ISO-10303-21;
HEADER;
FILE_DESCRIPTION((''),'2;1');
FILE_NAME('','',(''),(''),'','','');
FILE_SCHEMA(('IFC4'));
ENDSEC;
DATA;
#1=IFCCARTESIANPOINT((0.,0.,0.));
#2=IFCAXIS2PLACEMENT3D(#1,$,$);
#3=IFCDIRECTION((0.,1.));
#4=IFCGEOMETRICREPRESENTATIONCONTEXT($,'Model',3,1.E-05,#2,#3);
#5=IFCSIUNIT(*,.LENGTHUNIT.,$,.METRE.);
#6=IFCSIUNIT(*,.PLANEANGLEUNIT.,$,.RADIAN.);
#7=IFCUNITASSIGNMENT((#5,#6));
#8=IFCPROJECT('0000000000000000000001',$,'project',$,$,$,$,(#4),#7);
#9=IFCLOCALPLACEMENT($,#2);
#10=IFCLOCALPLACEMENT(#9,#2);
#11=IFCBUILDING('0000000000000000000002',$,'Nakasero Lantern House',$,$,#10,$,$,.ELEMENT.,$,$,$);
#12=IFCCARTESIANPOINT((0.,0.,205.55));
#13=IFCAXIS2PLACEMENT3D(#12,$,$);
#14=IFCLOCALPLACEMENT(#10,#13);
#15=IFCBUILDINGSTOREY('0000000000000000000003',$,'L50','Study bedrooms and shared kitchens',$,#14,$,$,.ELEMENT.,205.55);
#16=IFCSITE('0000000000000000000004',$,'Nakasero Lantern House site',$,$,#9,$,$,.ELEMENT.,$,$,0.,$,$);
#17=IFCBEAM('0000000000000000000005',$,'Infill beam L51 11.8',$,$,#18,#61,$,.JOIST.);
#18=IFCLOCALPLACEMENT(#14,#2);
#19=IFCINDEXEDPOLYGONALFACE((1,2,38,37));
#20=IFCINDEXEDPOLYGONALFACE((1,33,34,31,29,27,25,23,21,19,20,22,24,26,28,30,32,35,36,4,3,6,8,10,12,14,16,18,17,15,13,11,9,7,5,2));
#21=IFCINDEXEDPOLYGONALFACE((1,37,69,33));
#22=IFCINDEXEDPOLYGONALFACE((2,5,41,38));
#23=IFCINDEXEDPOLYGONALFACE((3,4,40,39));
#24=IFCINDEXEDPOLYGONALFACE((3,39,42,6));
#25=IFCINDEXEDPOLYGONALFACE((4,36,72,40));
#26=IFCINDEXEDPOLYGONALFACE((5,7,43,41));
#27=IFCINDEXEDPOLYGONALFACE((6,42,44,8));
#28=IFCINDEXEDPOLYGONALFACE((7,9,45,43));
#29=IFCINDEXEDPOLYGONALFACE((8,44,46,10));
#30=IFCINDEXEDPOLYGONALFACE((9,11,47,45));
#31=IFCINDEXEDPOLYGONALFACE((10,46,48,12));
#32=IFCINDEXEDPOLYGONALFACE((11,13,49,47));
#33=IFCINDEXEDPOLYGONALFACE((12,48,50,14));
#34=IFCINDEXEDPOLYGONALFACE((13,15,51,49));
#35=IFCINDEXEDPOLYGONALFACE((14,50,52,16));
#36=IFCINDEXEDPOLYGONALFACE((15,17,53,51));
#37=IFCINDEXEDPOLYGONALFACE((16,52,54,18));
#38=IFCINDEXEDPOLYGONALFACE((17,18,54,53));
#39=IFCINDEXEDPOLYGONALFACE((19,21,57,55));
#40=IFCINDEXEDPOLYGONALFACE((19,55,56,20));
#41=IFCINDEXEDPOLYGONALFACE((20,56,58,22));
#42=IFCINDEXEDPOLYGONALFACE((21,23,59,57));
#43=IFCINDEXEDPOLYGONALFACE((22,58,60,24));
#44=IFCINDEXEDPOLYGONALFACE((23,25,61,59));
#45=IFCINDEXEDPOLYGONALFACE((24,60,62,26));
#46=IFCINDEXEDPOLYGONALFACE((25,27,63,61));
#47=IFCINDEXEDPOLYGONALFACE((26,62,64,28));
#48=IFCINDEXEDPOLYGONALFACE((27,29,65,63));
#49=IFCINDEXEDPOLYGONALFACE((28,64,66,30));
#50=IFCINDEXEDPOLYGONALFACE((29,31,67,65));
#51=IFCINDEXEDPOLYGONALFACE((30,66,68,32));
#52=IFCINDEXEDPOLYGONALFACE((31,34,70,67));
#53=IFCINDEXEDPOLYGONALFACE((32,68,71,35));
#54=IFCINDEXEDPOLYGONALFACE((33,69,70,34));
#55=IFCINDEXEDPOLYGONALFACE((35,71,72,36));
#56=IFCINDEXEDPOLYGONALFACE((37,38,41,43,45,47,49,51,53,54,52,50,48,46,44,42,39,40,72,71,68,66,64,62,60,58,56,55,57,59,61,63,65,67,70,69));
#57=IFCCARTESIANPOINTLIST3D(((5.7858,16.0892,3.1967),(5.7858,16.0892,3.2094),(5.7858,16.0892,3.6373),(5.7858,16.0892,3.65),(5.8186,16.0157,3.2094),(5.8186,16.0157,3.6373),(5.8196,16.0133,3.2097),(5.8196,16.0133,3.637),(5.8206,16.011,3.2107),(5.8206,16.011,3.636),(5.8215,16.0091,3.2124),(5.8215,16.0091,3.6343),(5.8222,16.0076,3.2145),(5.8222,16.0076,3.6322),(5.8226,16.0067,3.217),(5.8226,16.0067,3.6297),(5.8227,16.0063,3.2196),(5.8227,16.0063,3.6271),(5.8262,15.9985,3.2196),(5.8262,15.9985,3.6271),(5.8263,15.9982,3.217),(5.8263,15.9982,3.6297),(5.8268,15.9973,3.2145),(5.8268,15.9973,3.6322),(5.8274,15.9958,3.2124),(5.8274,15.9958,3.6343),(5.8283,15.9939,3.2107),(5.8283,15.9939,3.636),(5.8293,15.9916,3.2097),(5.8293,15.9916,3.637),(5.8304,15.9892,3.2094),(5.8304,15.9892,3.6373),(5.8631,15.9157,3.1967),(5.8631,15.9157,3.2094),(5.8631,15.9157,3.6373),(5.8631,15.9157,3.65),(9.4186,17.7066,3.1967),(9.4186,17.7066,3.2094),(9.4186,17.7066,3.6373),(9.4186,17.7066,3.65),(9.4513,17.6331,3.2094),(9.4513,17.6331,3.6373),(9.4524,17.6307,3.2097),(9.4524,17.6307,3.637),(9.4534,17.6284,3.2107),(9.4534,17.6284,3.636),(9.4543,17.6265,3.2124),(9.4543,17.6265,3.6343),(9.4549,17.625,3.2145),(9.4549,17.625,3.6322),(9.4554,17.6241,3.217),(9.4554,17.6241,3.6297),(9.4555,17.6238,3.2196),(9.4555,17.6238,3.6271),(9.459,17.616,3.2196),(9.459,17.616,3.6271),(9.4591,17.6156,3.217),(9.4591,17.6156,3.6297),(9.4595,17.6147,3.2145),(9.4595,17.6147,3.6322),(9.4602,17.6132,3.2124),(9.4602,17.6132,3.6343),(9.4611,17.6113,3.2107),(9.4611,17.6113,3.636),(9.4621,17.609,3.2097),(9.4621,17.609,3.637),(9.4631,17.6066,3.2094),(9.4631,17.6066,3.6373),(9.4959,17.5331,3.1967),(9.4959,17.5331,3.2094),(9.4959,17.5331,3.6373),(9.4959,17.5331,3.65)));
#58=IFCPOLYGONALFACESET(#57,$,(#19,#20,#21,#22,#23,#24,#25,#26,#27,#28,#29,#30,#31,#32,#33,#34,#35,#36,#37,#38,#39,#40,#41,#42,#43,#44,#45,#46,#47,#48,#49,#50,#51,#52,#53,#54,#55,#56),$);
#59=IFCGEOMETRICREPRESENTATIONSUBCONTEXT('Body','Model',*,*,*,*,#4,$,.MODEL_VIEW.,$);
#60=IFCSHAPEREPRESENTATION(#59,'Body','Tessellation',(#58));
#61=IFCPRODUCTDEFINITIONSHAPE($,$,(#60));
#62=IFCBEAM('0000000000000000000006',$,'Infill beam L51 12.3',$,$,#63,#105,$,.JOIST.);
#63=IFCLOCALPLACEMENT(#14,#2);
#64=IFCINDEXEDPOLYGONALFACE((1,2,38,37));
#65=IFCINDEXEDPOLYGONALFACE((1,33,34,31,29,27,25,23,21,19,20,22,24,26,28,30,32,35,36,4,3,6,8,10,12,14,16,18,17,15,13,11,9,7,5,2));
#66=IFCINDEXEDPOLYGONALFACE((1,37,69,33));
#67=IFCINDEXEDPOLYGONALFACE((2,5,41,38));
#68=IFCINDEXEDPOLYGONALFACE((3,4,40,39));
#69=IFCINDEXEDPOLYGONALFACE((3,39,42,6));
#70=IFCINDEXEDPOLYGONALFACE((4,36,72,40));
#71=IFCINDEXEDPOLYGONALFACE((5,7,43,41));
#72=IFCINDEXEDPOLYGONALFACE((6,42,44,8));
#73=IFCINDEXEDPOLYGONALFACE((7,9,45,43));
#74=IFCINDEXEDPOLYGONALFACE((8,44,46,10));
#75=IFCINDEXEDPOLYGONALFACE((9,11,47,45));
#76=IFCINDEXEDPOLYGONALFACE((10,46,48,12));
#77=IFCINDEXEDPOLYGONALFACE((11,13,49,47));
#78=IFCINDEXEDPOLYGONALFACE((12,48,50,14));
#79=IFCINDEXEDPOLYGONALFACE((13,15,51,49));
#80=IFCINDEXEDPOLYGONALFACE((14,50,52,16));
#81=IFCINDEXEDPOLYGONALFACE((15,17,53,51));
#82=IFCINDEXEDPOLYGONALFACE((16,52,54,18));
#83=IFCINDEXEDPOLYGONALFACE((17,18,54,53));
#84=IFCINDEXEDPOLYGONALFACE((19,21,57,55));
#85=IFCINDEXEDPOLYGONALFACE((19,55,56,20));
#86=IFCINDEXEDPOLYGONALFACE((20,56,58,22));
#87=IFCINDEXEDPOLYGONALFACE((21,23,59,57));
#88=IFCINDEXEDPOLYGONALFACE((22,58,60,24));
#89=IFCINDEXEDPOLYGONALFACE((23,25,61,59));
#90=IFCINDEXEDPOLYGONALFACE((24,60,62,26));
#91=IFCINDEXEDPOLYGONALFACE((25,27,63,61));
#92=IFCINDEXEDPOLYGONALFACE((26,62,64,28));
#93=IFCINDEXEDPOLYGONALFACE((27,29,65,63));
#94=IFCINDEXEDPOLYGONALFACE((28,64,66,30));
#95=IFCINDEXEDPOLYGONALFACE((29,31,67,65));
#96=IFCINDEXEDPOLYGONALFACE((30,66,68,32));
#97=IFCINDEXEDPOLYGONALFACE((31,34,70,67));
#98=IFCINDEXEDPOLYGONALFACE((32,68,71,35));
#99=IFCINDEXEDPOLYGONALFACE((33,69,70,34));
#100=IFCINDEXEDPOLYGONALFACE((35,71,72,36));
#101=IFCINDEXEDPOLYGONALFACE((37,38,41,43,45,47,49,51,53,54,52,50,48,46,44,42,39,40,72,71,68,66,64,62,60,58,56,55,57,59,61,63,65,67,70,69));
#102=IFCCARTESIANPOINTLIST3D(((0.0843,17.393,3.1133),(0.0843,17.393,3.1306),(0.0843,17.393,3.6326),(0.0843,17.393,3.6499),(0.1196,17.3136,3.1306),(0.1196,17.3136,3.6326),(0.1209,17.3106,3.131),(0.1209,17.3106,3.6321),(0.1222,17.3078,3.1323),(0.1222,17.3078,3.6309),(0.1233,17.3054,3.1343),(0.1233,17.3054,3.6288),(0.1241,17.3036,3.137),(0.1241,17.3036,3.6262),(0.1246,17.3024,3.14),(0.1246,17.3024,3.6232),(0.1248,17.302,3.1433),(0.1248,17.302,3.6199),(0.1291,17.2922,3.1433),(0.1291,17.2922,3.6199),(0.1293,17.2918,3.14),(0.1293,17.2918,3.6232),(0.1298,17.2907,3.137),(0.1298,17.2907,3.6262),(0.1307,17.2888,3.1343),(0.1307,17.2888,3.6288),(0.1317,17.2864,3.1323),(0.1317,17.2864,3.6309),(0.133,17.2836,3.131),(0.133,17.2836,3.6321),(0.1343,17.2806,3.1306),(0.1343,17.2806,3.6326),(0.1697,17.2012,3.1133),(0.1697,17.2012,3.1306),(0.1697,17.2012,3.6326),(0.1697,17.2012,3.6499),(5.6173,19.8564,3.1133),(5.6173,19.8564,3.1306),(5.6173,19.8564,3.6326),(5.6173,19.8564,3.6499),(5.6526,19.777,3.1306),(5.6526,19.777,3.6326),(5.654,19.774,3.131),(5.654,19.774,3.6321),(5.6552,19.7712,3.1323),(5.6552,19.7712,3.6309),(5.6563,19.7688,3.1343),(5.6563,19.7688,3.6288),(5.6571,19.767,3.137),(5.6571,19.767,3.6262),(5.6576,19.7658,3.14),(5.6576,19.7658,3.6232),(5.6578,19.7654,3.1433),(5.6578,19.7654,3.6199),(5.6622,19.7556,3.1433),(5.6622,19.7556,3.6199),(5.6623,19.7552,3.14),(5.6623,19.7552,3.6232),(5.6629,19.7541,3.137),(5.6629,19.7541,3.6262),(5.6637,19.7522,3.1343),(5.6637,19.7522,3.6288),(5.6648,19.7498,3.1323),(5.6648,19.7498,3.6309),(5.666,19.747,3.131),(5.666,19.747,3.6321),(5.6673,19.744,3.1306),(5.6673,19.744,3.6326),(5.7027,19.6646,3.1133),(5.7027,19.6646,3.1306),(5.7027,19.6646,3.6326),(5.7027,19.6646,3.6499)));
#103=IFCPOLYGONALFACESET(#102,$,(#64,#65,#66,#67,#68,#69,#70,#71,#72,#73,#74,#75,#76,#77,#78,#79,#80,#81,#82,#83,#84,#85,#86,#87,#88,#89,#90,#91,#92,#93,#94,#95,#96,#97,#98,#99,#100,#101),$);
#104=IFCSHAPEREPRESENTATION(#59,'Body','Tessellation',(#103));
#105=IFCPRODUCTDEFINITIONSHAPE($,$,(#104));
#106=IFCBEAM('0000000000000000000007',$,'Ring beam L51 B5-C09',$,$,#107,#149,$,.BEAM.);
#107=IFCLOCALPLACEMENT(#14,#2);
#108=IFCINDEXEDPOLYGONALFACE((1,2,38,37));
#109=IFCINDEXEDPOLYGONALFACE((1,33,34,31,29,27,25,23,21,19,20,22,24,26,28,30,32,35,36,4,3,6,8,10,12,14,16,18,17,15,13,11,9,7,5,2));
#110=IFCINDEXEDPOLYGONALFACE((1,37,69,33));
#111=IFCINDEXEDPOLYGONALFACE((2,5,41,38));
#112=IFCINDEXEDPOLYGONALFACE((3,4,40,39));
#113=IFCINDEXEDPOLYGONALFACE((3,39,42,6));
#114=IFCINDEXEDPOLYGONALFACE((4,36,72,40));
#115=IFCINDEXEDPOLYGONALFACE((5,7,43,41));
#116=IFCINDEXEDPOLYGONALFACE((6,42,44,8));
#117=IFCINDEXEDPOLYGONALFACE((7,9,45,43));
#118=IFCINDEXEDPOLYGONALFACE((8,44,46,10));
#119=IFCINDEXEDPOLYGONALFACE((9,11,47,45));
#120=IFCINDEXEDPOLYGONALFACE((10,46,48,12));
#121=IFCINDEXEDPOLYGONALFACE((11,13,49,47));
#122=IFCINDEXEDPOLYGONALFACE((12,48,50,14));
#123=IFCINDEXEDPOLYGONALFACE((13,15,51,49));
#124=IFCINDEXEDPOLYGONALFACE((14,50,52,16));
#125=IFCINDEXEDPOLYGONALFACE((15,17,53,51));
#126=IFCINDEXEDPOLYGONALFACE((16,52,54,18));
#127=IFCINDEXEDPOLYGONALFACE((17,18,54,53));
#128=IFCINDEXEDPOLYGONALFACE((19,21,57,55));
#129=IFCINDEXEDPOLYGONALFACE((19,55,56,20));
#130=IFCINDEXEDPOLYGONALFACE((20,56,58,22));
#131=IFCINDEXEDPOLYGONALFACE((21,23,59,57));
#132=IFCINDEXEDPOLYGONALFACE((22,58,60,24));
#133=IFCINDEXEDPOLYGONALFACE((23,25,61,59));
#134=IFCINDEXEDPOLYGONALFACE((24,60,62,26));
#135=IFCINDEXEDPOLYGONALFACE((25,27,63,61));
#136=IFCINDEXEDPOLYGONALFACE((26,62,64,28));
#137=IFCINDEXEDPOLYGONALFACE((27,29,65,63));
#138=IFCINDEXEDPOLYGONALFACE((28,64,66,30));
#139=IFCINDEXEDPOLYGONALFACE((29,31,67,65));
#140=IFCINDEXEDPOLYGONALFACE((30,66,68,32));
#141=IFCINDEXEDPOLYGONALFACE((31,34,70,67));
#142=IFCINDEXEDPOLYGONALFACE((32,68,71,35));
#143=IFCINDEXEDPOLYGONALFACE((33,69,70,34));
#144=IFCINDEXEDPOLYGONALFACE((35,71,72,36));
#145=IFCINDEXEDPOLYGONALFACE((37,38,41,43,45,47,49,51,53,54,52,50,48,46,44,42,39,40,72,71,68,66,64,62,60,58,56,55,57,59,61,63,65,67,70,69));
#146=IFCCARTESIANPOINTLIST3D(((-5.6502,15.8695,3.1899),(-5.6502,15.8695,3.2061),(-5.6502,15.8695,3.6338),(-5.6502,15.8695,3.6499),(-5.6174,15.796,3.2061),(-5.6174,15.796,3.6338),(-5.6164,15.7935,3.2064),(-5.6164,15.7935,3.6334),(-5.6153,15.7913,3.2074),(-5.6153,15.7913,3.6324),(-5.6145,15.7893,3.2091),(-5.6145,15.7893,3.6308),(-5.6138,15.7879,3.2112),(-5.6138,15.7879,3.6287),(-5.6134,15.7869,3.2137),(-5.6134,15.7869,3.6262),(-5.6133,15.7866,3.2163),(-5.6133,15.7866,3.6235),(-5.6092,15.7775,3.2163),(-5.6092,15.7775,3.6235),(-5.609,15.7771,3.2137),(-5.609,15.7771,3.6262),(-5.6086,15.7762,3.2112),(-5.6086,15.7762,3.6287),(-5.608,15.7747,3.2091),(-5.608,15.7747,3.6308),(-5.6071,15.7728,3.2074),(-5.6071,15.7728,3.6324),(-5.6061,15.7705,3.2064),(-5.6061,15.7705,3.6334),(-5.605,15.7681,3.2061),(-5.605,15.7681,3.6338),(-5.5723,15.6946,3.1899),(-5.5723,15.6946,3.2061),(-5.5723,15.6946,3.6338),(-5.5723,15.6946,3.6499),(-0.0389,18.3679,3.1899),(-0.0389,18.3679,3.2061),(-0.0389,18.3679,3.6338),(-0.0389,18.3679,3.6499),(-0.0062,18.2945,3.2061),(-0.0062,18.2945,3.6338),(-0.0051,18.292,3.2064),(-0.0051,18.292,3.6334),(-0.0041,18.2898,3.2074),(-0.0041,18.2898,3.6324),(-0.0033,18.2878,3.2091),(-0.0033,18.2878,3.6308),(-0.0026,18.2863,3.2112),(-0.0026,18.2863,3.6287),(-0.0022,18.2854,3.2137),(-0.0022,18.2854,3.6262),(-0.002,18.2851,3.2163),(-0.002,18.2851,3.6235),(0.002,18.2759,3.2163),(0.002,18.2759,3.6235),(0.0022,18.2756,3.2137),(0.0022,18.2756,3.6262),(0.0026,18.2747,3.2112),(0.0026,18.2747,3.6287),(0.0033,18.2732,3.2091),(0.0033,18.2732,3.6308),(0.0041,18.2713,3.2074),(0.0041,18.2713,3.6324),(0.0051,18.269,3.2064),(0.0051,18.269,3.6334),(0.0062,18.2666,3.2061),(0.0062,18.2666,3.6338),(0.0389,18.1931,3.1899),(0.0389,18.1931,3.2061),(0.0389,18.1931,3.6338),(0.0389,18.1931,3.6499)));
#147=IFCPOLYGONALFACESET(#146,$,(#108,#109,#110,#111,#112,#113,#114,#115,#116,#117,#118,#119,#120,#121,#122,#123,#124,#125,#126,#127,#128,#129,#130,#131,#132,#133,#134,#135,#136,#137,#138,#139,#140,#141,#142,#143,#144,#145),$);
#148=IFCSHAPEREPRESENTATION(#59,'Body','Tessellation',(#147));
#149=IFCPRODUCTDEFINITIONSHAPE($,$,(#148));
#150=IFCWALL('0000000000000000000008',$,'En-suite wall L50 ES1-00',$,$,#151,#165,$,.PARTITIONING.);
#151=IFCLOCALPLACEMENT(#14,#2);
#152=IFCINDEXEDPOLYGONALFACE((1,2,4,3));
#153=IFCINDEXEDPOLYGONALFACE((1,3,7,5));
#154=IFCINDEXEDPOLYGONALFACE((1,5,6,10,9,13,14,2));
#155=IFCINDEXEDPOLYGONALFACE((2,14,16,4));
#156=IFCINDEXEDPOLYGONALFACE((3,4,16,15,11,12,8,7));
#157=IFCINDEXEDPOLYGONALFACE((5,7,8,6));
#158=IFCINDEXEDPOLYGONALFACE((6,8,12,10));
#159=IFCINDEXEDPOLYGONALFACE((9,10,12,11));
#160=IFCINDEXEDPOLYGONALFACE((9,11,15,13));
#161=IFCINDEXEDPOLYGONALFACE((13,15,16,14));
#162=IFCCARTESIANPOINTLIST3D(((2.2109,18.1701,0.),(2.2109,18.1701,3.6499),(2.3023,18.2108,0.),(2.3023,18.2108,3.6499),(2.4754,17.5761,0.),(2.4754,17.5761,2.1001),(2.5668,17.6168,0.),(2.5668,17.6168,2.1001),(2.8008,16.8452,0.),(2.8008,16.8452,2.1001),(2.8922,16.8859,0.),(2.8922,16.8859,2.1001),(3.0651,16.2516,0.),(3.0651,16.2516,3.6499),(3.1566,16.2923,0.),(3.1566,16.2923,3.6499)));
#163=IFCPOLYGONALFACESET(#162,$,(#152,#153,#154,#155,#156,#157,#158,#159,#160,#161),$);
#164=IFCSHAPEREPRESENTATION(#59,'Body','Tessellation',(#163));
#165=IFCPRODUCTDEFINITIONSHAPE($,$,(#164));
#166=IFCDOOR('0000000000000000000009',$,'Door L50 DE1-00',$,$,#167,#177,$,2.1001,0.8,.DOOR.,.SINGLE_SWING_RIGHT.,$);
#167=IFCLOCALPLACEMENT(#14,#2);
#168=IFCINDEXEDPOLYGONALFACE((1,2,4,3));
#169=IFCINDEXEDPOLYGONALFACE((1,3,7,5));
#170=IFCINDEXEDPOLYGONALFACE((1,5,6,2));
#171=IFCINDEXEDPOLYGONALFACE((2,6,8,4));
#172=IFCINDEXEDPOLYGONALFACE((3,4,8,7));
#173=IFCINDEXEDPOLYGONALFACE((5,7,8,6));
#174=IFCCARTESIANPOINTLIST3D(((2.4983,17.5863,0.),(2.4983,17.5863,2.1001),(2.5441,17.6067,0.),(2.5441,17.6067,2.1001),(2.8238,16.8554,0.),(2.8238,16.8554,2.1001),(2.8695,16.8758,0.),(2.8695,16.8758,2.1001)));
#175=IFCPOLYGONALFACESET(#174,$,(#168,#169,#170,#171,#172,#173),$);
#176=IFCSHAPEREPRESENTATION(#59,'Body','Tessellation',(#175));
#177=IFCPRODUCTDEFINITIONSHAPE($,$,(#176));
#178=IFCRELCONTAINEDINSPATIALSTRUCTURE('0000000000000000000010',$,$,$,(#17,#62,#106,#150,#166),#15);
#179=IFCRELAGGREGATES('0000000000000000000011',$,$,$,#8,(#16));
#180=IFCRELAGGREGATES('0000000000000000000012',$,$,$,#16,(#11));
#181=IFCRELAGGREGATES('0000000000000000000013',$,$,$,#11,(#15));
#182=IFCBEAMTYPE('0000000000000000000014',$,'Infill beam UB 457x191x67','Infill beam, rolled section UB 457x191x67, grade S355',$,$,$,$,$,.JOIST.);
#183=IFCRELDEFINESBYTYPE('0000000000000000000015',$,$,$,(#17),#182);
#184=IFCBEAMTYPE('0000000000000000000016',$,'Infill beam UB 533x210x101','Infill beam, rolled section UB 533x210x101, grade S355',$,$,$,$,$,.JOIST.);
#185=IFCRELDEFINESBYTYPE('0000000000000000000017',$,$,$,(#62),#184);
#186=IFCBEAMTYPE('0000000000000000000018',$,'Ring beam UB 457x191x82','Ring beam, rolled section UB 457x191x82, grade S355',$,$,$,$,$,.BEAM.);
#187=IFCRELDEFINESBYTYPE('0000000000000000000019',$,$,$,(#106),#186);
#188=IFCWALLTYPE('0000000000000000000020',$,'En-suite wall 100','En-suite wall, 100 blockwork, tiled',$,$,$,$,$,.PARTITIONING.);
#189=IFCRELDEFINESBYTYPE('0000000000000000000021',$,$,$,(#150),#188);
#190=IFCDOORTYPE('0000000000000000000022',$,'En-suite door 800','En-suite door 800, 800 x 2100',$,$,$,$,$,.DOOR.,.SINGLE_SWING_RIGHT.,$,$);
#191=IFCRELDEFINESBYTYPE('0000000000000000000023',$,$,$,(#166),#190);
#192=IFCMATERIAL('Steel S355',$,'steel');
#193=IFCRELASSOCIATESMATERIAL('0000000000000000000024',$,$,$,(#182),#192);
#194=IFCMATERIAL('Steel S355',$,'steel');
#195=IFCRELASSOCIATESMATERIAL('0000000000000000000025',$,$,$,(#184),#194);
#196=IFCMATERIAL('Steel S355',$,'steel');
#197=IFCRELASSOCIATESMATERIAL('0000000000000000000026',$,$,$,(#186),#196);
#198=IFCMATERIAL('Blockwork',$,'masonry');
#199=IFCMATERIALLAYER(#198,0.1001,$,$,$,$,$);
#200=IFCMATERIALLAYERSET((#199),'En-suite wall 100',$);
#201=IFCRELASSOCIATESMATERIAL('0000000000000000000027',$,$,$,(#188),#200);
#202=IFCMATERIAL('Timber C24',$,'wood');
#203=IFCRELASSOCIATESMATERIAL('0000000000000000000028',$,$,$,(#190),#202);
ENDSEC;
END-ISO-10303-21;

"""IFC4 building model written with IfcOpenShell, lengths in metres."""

from ifc_helpers import new_model, si_unit, direction, frame, frame_2d, origin, origin_2d, place, context, subcontext, project, spatial, rectangle, i_section, extrude, material, layer, layer_set, material_profile, profile_set, type_object, element, fill, save


model = new_model("IFC4")

# Units and contexts
model_context = context("Model", 3, precision=1e-05, world=origin(), true_north=direction((0.0, 1.0)))
body_context = subcontext(model_context, "Body", "Model", "MODEL_VIEW")
ifc_project = project(units=[si_unit("LENGTHUNIT", "METRE"), si_unit("PLANEANGLEUNIT", "RADIAN")], contexts=[model_context])

# Site, building, storey
site_placement = place(None, origin())
site = spatial("IfcSite", under=ifc_project, at=site_placement, Name="Nakasero Lantern House site", CompositionType="ELEMENT", RefElevation=0.0)
building_placement = place(site_placement, origin())
building = spatial("IfcBuilding", under=site, at=building_placement, Name="Nakasero Lantern House", CompositionType="ELEMENT")
storey_placement = place(building_placement, frame((0.0, 0.0, 205.55)))
storey = spatial("IfcBuildingStorey", under=building, at=storey_placement, Name="L50", Description="Study bedrooms and shared kitchens", CompositionType="ELEMENT", Elevation=205.55)

# Beams
ifc_material_1 = material(Name="Steel S355", Category="steel")
ifc_material_profile_1 = material_profile(ifc_material_1, i_section(OverallWidth=0.1899, OverallDepth=0.4534, WebThickness=0.0085, FlangeThickness=0.0127, FilletRadius=0.0103, at=origin_2d()), Name="UB 457x191x67")
ifc_profile_set_1 = profile_set([ifc_material_profile_1], Name="Steel S355")
beam_type_1 = type_object("IfcBeamType", Name="Infill beam UB 457x191x67", Description="Infill beam, rolled section UB 457x191x67, grade S355", PredefinedType="JOIST", material=ifc_profile_set_1)
beam_1_placement = place(storey_placement, frame((5.8245, 16.0024, 3.4233), z_axis=(0.913546, 0.406736, 0.0), x_axis=(-0.406736, 0.913546, 0.0)))
element("IfcBeam", 1, at=beam_1_placement, inside=storey, type_object=beam_type_1, Name="Infill beam L51 11.8", PredefinedType="JOIST", context=body_context, shape_type="SweptSolid", body=[
    extrude(i_section(OverallWidth=0.1899, OverallDepth=0.4534, WebThickness=0.0085, FlangeThickness=0.0127, FilletRadius=0.0103, at=origin_2d()), origin(), (0.0, 0.0, 1.0), 3.9766),
])
ifc_material_2 = material(Name="Steel S355", Category="steel")
ifc_material_profile_2 = material_profile(ifc_material_2, i_section(OverallWidth=0.21, OverallDepth=0.5366, WebThickness=0.0107, FlangeThickness=0.0173, FilletRadius=0.0127, at=origin_2d()), Name="UB 533x210x101")
ifc_profile_set_2 = profile_set([ifc_material_profile_2], Name="Steel S355")
beam_type_2 = type_object("IfcBeamType", Name="Infill beam UB 533x210x101", Description="Infill beam, rolled section UB 533x210x101, grade S355", PredefinedType="JOIST", material=ifc_profile_set_2)
beam_2_placement = place(storey_placement, frame((0.127, 17.2971, 3.3816), z_axis=(0.913549, 0.406729, 0.0), x_axis=(-0.406729, 0.913549, 0.0)))
element("IfcBeam", 2, at=beam_2_placement, inside=storey, type_object=beam_type_2, Name="Infill beam L51 12.3", PredefinedType="JOIST", context=body_context, shape_type="SweptSolid", body=[
    extrude(i_section(OverallWidth=0.21, OverallDepth=0.5366, WebThickness=0.0107, FlangeThickness=0.0173, FilletRadius=0.0127, at=origin_2d()), origin(), (0.0, 0.0, 1.0), 6.0566),
])
ifc_material_3 = material(Name="Steel S355", Category="steel")
ifc_material_profile_3 = material_profile(ifc_material_3, i_section(OverallWidth=0.1914, OverallDepth=0.46, WebThickness=0.01, FlangeThickness=0.0161, FilletRadius=0.0103, at=origin_2d()), Name="UB 457x191x82")
ifc_profile_set_3 = profile_set([ifc_material_profile_3], Name="Steel S355")
beam_type_3 = type_object("IfcBeamType", Name="Ring beam UB 457x191x82", Description="Ring beam, rolled section UB 457x191x82, grade S355", PredefinedType="BEAM", material=ifc_profile_set_3)
beam_3_placement = place(storey_placement, frame((0.0, 18.2805, 3.4199), z_axis=(-0.913533, -0.406765, 0.0), x_axis=(0.406765, -0.913533, 0.0)))
element("IfcBeam", 3, at=beam_3_placement, inside=storey, type_object=beam_type_3, Name="Ring beam L51 B5-C09", PredefinedType="BEAM", context=body_context, shape_type="SweptSolid", body=[
    extrude(i_section(OverallWidth=0.1914, OverallDepth=0.46, WebThickness=0.01, FlangeThickness=0.0161, FilletRadius=0.0103, at=origin_2d()), origin(), (0.0, 0.0, 1.0), 6.1423),
])

# Wall, opening, door
ifc_material_4 = material(Name="Blockwork", Category="masonry")
ifc_layer_1 = layer(ifc_material_4, 0.1001)
ifc_layer_set_1 = layer_set([ifc_layer_1], Name="En-suite wall 100")
wall_type_1 = type_object("IfcWallType", Name="En-suite wall 100", Description="En-suite wall, 100 blockwork, tiled", PredefinedType="PARTITIONING", material=ifc_layer_set_1)
wall_1_placement = place(storey_placement, frame((3.1108, 16.272, 0.0), z_axis=(0.0, 0.0, 1.0), x_axis=(-0.406775, 0.913528, 0.0)))
wall_1 = element("IfcWall", 4, at=wall_1_placement, inside=storey, type_object=wall_type_1, Name="En-suite wall L50 ES1-00", PredefinedType="PARTITIONING", context=body_context, shape_type="SweptSolid", body=[
    extrude(rectangle(XDim=2.1001, YDim=0.1001, at=frame_2d((1.05, 0.0))), origin(), (0.0, 0.0, 1.0), 3.6499),
])
opening_1_placement = place(wall_1_placement, frame((0.6499, 0.0, 0.0)))
opening_1 = element("IfcOpeningElement", 5, at=opening_1_placement, cuts=wall_1, PredefinedType="OPENING", context=body_context, shape_type="SweptSolid", body=[
    extrude(rectangle(XDim=0.8, YDim=2.1001, at=frame_2d((0.3999, 1.05))), frame((0.0, 0.0701, 0.0), z_axis=(0.0, -1.0, 0.0), x_axis=(1.0, 0.0, 0.0)), (0.0, 0.0, 1.0), 0.1401),
])
ifc_material_5 = material(Name="Timber C24", Category="wood")
door_type_1 = type_object("IfcDoorType", Name="En-suite door 800", Description="En-suite door 800, 800 x 2100", OperationType="SINGLE_SWING_RIGHT", PredefinedType="DOOR", material=ifc_material_5)
door_1_placement = place(opening_1_placement, origin())
door_1 = element("IfcDoor", 6, at=door_1_placement, inside=storey, type_object=door_type_1, Name="Door L50 DE1-00", OperationType="SINGLE_SWING_RIGHT", OverallHeight=2.1001, OverallWidth=0.8, PredefinedType="DOOR", context=body_context, shape_type="SweptSolid", body=[
    extrude(rectangle(XDim=0.8, YDim=2.1001, at=frame_2d((0.3999, 1.05))), frame((0.0, 0.0249, 0.0), z_axis=(0.0, -1.0, 0.0), x_axis=(1.0, 0.0, 0.0)), (0.0, 0.0, 1.0), 0.05),
])
fill(opening_1, door_1)

save(model, "model.ifc")
